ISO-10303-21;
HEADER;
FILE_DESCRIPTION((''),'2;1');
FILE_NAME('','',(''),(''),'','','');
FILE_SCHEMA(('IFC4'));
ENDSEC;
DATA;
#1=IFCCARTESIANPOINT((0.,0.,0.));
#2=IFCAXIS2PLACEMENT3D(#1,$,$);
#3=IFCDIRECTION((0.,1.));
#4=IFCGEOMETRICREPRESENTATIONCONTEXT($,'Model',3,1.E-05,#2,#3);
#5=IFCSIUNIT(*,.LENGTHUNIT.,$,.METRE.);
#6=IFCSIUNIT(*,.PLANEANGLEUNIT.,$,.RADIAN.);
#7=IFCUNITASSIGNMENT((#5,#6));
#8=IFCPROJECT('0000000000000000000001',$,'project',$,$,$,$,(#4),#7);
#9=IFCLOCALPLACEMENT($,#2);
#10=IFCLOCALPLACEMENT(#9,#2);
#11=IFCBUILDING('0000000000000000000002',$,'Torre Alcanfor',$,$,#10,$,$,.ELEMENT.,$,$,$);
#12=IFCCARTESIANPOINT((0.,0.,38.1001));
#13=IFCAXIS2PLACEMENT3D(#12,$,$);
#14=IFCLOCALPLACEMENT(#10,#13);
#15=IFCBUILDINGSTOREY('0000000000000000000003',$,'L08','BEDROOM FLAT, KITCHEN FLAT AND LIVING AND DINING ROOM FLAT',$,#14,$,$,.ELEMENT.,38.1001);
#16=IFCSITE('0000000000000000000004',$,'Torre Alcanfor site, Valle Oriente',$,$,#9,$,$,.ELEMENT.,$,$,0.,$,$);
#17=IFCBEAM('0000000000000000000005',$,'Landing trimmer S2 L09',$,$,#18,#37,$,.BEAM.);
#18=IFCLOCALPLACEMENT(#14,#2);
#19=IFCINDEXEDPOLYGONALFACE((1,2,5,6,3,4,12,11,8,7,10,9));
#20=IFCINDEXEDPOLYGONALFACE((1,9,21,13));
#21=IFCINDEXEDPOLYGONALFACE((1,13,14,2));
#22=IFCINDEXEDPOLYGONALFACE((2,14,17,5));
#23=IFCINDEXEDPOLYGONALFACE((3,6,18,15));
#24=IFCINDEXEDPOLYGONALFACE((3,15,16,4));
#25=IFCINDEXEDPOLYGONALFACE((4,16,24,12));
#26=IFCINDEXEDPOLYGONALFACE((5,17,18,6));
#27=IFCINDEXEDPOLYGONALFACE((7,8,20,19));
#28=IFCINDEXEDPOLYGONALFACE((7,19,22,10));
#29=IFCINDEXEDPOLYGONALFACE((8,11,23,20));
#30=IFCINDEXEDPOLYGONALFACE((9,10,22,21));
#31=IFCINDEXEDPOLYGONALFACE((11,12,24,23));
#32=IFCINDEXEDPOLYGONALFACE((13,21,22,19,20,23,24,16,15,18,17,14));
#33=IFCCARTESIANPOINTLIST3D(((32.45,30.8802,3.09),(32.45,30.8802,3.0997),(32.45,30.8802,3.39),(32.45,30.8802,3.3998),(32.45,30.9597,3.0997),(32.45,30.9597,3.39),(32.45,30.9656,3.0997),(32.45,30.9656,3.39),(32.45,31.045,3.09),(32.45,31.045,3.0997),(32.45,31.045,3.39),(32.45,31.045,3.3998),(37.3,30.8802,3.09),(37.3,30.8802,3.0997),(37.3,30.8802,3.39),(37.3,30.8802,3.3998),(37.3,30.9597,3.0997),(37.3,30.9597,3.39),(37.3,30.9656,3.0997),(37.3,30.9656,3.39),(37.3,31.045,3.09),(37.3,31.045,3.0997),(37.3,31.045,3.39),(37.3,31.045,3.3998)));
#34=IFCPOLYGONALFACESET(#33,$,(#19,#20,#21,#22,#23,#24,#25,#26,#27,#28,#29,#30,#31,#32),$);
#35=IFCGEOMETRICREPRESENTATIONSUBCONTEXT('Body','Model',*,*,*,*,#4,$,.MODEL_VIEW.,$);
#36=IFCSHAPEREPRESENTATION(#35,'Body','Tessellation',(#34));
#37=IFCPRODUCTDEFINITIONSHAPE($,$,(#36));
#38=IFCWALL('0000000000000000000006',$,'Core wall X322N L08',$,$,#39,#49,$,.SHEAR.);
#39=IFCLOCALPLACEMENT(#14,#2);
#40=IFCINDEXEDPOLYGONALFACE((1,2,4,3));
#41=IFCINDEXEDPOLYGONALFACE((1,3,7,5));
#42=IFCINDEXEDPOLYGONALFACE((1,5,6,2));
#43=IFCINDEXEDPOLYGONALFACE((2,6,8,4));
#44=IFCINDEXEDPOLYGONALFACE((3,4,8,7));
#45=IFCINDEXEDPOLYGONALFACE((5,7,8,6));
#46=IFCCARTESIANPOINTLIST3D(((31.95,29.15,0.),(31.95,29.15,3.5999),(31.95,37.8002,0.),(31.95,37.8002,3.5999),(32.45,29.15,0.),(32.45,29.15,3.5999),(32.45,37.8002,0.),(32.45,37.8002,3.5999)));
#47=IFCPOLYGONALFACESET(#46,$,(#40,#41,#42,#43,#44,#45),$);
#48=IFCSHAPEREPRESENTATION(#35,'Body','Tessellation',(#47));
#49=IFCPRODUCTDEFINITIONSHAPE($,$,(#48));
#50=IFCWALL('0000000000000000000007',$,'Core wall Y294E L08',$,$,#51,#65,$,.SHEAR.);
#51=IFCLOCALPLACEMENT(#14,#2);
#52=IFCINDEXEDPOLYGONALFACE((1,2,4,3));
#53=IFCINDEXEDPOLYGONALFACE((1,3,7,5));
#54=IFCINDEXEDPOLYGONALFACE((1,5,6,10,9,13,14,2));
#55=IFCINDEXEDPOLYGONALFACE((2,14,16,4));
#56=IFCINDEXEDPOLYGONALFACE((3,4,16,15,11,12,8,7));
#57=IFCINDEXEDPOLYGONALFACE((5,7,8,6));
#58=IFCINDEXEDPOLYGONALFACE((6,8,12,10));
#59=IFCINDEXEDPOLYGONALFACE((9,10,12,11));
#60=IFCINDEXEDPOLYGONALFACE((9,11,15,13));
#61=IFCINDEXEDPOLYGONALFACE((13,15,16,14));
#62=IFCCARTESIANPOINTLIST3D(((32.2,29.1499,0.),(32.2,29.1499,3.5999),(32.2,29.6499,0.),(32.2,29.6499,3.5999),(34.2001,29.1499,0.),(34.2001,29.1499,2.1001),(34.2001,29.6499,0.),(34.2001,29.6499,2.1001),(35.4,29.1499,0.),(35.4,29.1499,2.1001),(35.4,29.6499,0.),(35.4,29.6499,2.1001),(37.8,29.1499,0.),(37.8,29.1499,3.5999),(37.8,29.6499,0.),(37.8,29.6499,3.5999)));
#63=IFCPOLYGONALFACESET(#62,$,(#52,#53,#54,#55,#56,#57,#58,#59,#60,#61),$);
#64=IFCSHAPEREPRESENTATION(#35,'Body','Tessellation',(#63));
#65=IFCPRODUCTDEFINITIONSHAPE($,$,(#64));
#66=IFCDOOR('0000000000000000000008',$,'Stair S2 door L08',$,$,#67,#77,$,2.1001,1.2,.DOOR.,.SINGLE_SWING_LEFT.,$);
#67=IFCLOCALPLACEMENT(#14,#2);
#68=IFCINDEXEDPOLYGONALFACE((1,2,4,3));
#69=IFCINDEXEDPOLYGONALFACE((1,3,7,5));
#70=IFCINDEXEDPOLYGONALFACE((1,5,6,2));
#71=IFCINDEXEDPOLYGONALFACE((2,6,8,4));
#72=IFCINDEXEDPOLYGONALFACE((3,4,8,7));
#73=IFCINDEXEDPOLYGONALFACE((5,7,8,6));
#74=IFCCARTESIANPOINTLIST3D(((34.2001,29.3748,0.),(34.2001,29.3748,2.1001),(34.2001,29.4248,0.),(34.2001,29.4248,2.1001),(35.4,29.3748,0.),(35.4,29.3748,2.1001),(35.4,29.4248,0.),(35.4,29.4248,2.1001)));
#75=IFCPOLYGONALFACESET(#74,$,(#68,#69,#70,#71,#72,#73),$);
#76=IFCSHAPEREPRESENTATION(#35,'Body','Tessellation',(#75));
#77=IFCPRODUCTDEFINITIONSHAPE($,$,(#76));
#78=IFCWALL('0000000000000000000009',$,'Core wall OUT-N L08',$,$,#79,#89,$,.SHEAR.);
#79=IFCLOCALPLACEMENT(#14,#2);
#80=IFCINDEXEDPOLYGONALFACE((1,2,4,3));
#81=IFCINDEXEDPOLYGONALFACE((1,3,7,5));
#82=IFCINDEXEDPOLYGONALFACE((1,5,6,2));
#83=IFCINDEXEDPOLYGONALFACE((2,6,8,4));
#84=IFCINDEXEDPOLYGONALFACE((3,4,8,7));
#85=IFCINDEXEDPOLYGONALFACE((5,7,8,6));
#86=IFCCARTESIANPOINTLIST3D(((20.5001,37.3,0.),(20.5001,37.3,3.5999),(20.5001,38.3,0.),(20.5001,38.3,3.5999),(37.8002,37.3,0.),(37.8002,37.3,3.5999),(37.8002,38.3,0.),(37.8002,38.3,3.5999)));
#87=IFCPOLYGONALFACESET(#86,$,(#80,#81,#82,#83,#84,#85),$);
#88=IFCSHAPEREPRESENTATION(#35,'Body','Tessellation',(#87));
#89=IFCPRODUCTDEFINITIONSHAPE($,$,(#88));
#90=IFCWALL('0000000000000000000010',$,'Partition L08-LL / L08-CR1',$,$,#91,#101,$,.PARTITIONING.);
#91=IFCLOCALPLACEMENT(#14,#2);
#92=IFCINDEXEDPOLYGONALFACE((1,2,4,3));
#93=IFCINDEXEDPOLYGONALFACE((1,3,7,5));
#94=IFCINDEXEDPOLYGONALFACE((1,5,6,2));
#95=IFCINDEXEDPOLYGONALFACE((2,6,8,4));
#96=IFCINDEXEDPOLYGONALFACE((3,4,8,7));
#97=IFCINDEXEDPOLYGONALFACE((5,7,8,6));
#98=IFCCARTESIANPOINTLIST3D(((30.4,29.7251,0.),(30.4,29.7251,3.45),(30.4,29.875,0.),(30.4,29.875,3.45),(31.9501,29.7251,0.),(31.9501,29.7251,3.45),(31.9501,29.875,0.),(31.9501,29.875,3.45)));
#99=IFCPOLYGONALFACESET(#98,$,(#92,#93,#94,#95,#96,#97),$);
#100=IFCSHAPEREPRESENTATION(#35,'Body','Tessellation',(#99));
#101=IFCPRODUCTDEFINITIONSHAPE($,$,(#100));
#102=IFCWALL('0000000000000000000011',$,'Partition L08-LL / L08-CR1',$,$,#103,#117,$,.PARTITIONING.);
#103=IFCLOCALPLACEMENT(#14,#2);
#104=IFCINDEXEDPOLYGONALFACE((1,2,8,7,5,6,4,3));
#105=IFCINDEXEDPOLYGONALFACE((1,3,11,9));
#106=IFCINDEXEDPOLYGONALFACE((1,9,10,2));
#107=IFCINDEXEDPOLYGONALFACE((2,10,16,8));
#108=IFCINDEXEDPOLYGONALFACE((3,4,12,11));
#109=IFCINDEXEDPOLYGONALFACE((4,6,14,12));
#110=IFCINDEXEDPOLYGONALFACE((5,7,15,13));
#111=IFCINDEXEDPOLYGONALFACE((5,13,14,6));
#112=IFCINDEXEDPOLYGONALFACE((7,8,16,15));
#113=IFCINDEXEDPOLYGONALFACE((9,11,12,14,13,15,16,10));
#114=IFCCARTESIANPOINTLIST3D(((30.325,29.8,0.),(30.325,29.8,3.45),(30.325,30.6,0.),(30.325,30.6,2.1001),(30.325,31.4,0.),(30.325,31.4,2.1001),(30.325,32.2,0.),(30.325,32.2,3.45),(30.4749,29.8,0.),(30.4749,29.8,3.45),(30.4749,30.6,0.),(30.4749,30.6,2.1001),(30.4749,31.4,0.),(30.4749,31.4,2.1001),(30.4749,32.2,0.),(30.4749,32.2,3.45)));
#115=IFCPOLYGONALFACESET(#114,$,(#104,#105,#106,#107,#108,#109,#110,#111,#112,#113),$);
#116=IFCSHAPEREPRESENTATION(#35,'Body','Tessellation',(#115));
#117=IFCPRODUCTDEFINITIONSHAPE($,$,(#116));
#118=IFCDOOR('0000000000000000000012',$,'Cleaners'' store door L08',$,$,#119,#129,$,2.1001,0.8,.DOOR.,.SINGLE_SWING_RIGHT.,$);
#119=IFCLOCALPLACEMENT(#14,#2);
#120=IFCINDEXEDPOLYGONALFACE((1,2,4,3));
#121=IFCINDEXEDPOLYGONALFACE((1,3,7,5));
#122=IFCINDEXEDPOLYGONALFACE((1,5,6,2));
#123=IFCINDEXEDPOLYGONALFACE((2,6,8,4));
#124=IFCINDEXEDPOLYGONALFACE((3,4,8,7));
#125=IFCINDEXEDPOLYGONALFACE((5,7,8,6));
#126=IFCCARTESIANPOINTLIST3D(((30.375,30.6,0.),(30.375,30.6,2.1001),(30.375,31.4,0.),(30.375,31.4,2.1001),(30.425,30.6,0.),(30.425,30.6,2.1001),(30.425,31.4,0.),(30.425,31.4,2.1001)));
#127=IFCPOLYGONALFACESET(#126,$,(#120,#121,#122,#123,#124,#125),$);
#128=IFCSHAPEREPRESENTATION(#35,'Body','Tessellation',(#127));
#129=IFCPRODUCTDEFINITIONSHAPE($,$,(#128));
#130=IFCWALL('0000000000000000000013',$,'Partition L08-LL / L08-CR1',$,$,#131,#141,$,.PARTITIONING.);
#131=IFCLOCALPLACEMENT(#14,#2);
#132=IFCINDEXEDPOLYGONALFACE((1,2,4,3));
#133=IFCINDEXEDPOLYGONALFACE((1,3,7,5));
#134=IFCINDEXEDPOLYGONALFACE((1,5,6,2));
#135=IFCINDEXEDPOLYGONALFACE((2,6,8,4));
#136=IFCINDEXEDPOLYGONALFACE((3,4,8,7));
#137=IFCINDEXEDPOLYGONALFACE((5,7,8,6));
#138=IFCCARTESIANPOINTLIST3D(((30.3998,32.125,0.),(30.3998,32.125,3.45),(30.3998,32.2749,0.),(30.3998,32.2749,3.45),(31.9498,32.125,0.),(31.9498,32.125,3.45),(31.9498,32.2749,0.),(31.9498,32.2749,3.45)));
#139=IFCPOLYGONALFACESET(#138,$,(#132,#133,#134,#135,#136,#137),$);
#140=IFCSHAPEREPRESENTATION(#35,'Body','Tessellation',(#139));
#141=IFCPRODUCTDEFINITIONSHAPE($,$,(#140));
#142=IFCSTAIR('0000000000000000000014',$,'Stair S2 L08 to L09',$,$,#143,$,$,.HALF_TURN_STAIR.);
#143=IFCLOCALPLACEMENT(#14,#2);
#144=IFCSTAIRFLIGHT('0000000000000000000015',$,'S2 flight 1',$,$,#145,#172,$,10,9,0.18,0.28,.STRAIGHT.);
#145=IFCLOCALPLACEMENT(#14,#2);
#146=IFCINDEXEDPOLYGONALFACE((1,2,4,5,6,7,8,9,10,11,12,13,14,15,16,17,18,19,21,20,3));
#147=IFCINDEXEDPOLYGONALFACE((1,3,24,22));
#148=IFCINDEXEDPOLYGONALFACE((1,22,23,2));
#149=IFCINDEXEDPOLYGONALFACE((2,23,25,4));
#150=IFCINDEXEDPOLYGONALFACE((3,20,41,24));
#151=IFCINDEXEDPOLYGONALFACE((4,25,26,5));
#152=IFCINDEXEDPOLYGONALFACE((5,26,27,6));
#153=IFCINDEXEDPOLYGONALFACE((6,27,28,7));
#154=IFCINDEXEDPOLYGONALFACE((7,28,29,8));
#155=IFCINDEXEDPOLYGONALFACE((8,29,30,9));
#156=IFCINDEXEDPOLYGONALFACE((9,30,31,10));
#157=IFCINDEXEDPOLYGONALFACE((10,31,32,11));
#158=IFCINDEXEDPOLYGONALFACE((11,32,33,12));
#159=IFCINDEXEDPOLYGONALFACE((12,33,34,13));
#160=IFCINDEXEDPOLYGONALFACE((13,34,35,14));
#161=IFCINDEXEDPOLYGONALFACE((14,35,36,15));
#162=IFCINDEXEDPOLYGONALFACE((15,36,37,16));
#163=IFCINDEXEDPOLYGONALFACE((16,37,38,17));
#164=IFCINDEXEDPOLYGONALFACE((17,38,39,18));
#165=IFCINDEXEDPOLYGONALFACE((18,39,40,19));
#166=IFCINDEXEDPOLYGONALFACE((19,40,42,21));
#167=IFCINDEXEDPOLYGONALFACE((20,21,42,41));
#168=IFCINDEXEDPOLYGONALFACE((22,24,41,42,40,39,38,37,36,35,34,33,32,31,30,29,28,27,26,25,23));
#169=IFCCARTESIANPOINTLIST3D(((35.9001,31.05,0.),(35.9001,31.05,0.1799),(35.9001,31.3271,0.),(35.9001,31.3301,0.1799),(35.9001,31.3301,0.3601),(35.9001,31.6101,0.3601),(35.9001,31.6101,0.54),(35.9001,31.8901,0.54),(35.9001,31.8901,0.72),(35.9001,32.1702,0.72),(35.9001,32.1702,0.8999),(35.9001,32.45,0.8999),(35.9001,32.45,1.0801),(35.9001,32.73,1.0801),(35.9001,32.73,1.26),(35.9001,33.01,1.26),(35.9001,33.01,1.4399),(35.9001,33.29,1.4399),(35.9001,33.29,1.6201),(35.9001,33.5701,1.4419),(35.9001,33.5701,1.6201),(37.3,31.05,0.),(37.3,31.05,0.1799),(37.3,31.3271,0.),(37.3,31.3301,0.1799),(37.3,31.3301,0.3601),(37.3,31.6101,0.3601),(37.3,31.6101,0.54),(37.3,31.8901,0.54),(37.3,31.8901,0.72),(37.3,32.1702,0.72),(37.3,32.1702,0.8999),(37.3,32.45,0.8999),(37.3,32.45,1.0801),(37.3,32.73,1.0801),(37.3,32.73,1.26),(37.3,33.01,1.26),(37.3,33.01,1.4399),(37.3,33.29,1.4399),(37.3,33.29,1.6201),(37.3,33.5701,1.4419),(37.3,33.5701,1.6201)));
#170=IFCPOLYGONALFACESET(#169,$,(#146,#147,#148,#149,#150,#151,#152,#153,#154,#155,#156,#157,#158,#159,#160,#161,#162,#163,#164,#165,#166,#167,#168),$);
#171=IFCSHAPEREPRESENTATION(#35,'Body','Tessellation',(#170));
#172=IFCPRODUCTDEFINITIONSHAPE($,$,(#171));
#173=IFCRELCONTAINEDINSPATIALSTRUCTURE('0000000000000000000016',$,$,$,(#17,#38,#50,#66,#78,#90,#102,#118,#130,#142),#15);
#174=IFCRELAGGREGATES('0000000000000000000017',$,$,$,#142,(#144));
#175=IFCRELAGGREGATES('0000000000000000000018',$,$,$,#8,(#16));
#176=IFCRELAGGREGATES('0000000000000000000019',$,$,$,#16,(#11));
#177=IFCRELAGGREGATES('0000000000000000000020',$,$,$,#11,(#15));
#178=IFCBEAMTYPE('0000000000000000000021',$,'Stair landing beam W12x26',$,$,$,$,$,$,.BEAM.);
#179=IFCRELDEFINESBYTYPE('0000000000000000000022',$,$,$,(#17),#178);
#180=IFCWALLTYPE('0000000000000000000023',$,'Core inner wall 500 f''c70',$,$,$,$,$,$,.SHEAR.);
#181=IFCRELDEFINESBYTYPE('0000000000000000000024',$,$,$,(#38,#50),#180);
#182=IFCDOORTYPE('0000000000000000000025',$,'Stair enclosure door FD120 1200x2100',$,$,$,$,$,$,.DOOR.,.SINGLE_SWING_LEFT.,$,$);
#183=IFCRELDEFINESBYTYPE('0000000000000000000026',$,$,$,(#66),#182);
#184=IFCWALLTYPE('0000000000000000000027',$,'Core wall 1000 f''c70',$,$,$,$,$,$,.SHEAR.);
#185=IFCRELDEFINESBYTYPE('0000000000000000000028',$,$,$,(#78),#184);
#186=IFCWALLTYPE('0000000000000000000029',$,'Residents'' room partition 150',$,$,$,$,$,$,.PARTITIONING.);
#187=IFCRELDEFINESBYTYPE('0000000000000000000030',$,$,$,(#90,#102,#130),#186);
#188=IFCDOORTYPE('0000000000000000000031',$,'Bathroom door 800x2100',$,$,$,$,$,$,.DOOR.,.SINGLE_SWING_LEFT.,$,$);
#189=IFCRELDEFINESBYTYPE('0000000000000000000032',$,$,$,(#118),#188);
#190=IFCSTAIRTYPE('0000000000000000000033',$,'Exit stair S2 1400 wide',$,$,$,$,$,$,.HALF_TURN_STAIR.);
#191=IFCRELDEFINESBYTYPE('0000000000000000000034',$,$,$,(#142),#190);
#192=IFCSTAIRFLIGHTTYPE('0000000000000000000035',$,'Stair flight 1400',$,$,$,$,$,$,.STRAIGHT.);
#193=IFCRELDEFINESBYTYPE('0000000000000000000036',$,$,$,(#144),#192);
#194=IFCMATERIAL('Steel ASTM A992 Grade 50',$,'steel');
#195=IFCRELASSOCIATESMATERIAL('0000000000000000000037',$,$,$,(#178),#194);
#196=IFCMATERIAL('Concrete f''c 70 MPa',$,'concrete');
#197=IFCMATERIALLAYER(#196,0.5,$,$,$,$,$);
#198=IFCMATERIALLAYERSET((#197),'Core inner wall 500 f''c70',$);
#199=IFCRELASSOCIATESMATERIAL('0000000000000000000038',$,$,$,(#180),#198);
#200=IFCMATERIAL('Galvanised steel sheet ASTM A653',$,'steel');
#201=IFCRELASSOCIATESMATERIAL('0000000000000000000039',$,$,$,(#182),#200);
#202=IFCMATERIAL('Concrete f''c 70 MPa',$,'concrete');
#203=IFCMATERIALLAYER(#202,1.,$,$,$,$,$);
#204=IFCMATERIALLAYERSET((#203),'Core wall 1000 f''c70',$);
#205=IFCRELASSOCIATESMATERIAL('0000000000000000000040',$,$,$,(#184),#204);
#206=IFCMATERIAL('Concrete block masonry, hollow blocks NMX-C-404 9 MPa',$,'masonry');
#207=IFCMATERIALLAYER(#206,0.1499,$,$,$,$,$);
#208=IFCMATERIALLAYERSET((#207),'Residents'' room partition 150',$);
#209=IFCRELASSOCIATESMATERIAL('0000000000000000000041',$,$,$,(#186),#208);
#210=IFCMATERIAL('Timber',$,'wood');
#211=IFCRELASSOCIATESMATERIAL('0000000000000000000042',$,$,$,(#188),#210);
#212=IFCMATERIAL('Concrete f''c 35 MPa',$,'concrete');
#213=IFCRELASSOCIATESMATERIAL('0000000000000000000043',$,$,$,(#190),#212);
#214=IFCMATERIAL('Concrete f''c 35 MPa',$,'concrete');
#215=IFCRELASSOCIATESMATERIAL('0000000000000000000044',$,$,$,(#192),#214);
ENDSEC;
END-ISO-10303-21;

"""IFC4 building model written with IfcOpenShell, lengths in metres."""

from ifc_helpers import new_model, si_unit, direction, frame, frame_2d, origin, origin_2d, place, context, subcontext, project, spatial, polyline, rectangle, i_section, outline, extrude, material, layer, layer_set, material_profile, profile_set, type_object, element, fill, aggregate, save


model = new_model("IFC4")

# Units and contexts
model_context = context("Model", 3, precision=1e-05, world=origin(), true_north=direction((0.0, 1.0)))
body_context = subcontext(model_context, "Body", "Model", "MODEL_VIEW")
ifc_project = project(units=[si_unit("LENGTHUNIT", "METRE"), si_unit("PLANEANGLEUNIT", "RADIAN")], contexts=[model_context])

# Site, building, storey
site_placement = place(None, origin())
site = spatial("IfcSite", under=ifc_project, at=site_placement, Name="Torre Alcanfor site, Valle Oriente", CompositionType="ELEMENT", RefElevation=0.0)
building_placement = place(site_placement, origin())
building = spatial("IfcBuilding", under=site, at=building_placement, Name="Torre Alcanfor", CompositionType="ELEMENT")
storey_placement = place(building_placement, frame((0.0, 0.0, 38.1001)))
storey = spatial("IfcBuildingStorey", under=building, at=storey_placement, Name="L08", Description="BEDROOM FLAT, KITCHEN FLAT AND LIVING AND DINING ROOM FLAT", CompositionType="ELEMENT", Elevation=38.1001)

# Beam
ifc_material_1 = material(Name="Steel ASTM A992 Grade 50", Category="steel")
ifc_material_profile = material_profile(ifc_material_1, i_section(OverallWidth=0.1648, OverallDepth=0.3098, WebThickness=0.0059, FlangeThickness=0.0098, at=origin_2d()), Name="W12x26")
ifc_profile_set = profile_set([ifc_material_profile], Name="Steel ASTM A992 Grade 50")
beam_type = type_object("IfcBeamType", Name="Stair landing beam W12x26", PredefinedType="BEAM", material=ifc_profile_set)
beam_placement = place(storey_placement, frame((32.45, 30.9626, 3.2449), z_axis=(1.0, 0.0, 0.0), x_axis=(0.0, 1.0, 0.0)))
element("IfcBeam", 1, at=beam_placement, inside=storey, type_object=beam_type, Name="Landing trimmer S2 L09", PredefinedType="BEAM", context=body_context, shape_type="SweptSolid", body=[
    extrude(i_section(OverallWidth=0.1648, OverallDepth=0.3098, WebThickness=0.0059, FlangeThickness=0.0098, at=origin_2d()), origin(), (0.0, 0.0, 1.0), 4.8501),
])

# Wall
ifc_material_2 = material(Name="Concrete f'c 70 MPa", Category="concrete")
ifc_layer_1 = layer(ifc_material_2, 0.5)
ifc_layer_set_1 = layer_set([ifc_layer_1], Name="Core inner wall 500 f'c70")
wall_type_1 = type_object("IfcWallType", Name="Core inner wall 500 f'c70", PredefinedType="SHEAR", material=ifc_layer_set_1)
wall_1_placement = place(storey_placement, frame((32.2, 29.1499, 0.0), z_axis=(0.0, 0.0, 1.0), x_axis=(0.0, 1.0, 0.0)))
element("IfcWall", 2, at=wall_1_placement, inside=storey, type_object=wall_type_1, Name="Core wall X322N L08", PredefinedType="SHEAR", context=body_context, shape_type="SweptSolid", body=[
    extrude(rectangle(XDim=8.6501, YDim=0.5, at=frame_2d((4.3252, 0.0))), origin(), (0.0, 0.0, 1.0), 3.5999),
])

# Wall, opening, door
wall_2_placement = place(storey_placement, frame((32.2, 29.3999, 0.0), z_axis=(0.0, 0.0, 1.0), x_axis=(1.0, 0.0, 0.0)))
wall_2 = element("IfcWall", 3, at=wall_2_placement, inside=storey, type_object=wall_type_1, Name="Core wall Y294E L08", PredefinedType="SHEAR", context=body_context, shape_type="SweptSolid", body=[
    extrude(rectangle(XDim=5.6001, YDim=0.5, at=frame_2d((2.8, 0.0))), origin(), (0.0, 0.0, 1.0), 3.5999),
])
opening_1_placement = place(wall_2_placement, frame((2.0, 0.0, 0.0)))
opening_1 = element("IfcOpeningElement", 4, at=opening_1_placement, cuts=wall_2, PredefinedType="OPENING", context=body_context, shape_type="SweptSolid", body=[
    extrude(rectangle(XDim=1.2, YDim=2.1001, at=frame_2d((0.6001, 1.05))), frame((0.0, 0.26, 0.0), z_axis=(0.0, -1.0, 0.0), x_axis=(1.0, 0.0, 0.0)), (0.0, 0.0, 1.0), 0.52),
])
ifc_material_3 = material(Name="Galvanised steel sheet ASTM A653", Category="steel")
door_type_1 = type_object("IfcDoorType", Name="Stair enclosure door FD120 1200x2100", OperationType="SINGLE_SWING_LEFT", PredefinedType="DOOR", material=ifc_material_3)
door_1_placement = place(opening_1_placement, origin())
door_1 = element("IfcDoor", 5, at=door_1_placement, inside=storey, type_object=door_type_1, Name="Stair S2 door L08", OperationType="SINGLE_SWING_LEFT", OverallHeight=2.1001, OverallWidth=1.2, PredefinedType="DOOR", context=body_context, shape_type="SweptSolid", body=[
    extrude(rectangle(XDim=1.2, YDim=2.1001, at=frame_2d((0.6001, 1.05))), frame((0.0, 0.0249, 0.0), z_axis=(0.0, -1.0, 0.0), x_axis=(1.0, 0.0, 0.0)), (0.0, 0.0, 1.0), 0.05),
])
fill(opening_1, door_1)

# Walls
ifc_material_4 = material(Name="Concrete f'c 70 MPa", Category="concrete")
ifc_layer_2 = layer(ifc_material_4, 1.0)
ifc_layer_set_2 = layer_set([ifc_layer_2], Name="Core wall 1000 f'c70")
wall_type_2 = type_object("IfcWallType", Name="Core wall 1000 f'c70", PredefinedType="SHEAR", material=ifc_layer_set_2)
wall_3_placement = place(storey_placement, frame((37.8, 37.8, 0.0), z_axis=(0.0, 0.0, 1.0), x_axis=(-1.0, 0.0, 0.0)))
element("IfcWall", 6, at=wall_3_placement, inside=storey, type_object=wall_type_2, Name="Core wall OUT-N L08", PredefinedType="SHEAR", context=body_context, shape_type="SweptSolid", body=[
    extrude(rectangle(XDim=17.3, YDim=1.0, at=frame_2d((8.6499, 0.0))), origin(), (0.0, 0.0, 1.0), 3.5999),
])
ifc_material_5 = material(Name="Concrete block masonry, hollow blocks NMX-C-404 9 MPa", Category="masonry")
ifc_layer_3 = layer(ifc_material_5, 0.1499)
ifc_layer_set_3 = layer_set([ifc_layer_3], Name="Residents' room partition 150")
wall_type_3 = type_object("IfcWallType", Name="Residents' room partition 150", PredefinedType="PARTITIONING", material=ifc_layer_set_3)
wall_4_placement = place(storey_placement, frame((31.95, 29.8, 0.0), z_axis=(0.0, 0.0, 1.0), x_axis=(-1.0, 0.0, 0.0)))
element("IfcWall", 7, at=wall_4_placement, inside=storey, type_object=wall_type_3, Name="Partition L08-LL / L08-CR1", PredefinedType="PARTITIONING", context=body_context, shape_type="SweptSolid", body=[
    extrude(rectangle(XDim=1.55, YDim=0.1499, at=frame_2d((0.7749, 0.0))), origin(), (0.0, 0.0, 1.0), 3.45),
])

# Wall, opening, door
wall_5_placement = place(storey_placement, frame((30.3999, 29.8, 0.0), z_axis=(0.0, 0.0, 1.0), x_axis=(0.0, 1.0, 0.0)))
wall_5 = element("IfcWall", 8, at=wall_5_placement, inside=storey, type_object=wall_type_3, Name="Partition L08-LL / L08-CR1", PredefinedType="PARTITIONING", context=body_context, shape_type="SweptSolid", body=[
    extrude(rectangle(XDim=2.3999, YDim=0.1499, at=frame_2d((1.2, 0.0))), origin(), (0.0, 0.0, 1.0), 3.45),
])
opening_2_placement = place(wall_5_placement, frame((0.8, 0.0, 0.0)))
opening_2 = element("IfcOpeningElement", 9, at=opening_2_placement, cuts=wall_5, PredefinedType="OPENING", context=body_context, shape_type="SweptSolid", body=[
    extrude(rectangle(XDim=0.8, YDim=2.1001, at=frame_2d((0.3999, 1.05))), frame((0.0, 0.085, 0.0), z_axis=(0.0, -1.0, 0.0), x_axis=(1.0, 0.0, 0.0)), (0.0, 0.0, 1.0), 0.1699),
])
ifc_material_6 = material(Name="Timber", Category="wood")
door_type_2 = type_object("IfcDoorType", Name="Bathroom door 800x2100", OperationType="SINGLE_SWING_LEFT", PredefinedType="DOOR", material=ifc_material_6)
door_2_placement = place(opening_2_placement, frame((0.8, 0.0, 0.0), z_axis=(0.0, 0.0, 1.0), x_axis=(-1.0, 0.0, 0.0)))
door_2 = element("IfcDoor", 10, at=door_2_placement, inside=storey, type_object=door_type_2, Name="Cleaners' store door L08", OperationType="SINGLE_SWING_RIGHT", OverallHeight=2.1001, OverallWidth=0.8, PredefinedType="DOOR", context=body_context, shape_type="SweptSolid", body=[
    extrude(rectangle(XDim=0.8, YDim=2.1001, at=frame_2d((0.4001, 1.05))), frame((0.0, 0.0251, 0.0), z_axis=(0.0, -1.0, 0.0), x_axis=(1.0, 0.0, 0.0)), (0.0, 0.0, 1.0), 0.05),
])
fill(opening_2, door_2)

# Wall
wall_6_placement = place(storey_placement, frame((30.3999, 32.2, 0.0), z_axis=(0.0, 0.0, 1.0), x_axis=(1.0, 0.0, 0.0)))
element("IfcWall", 11, at=wall_6_placement, inside=storey, type_object=wall_type_3, Name="Partition L08-LL / L08-CR1", PredefinedType="PARTITIONING", context=body_context, shape_type="SweptSolid", body=[
    extrude(rectangle(XDim=1.55, YDim=0.1499, at=frame_2d((0.7749, 0.0))), origin(), (0.0, 0.0, 1.0), 3.45),
])

# Stair, stair flight
ifc_material_7 = material(Name="Concrete f'c 35 MPa", Category="concrete")
stair_type = type_object("IfcStairType", Name="Exit stair S2 1400 wide", PredefinedType="HALF_TURN_STAIR", material=ifc_material_7)
stair_placement = place(storey_placement, origin())
stair = element("IfcStair", 12, at=stair_placement, inside=storey, type_object=stair_type, Name="Stair S2 L08 to L09", PredefinedType="HALF_TURN_STAIR")
ifc_material_8 = material(Name="Concrete f'c 35 MPa", Category="concrete")
stair_flight_type = type_object("IfcStairFlightType", Name="Stair flight 1400", PredefinedType="STRAIGHT", material=ifc_material_8)
stair_flight_1_placement = place(storey_placement, frame((36.6001, 31.05, 0.0), z_axis=(0.0, 0.0, 1.0), x_axis=(0.0, 1.0, 0.0)))
stair_flight_1 = element("IfcStairFlight", 13, at=stair_flight_1_placement, type_object=stair_flight_type, Name="S2 flight 1", NumberOfRisers=10, NumberOfTreads=9, PredefinedType="STRAIGHT", RiserHeight=0.18, TreadLength=0.28, context=body_context, shape_type="SweptSolid", body=[
    extrude(outline(polyline([(0.0, 0.0), (0.0, 0.1799), (0.28, 0.1799), (0.28, 0.3601), (0.5601, 0.3601), (0.5601, 0.54), (0.8401, 0.54), (0.8401, 0.72), (1.1201, 0.72), (1.1201, 0.8999), (1.3999, 0.8999), (1.3999, 1.0801), (1.6799, 1.0801), (1.6799, 1.26), (1.96, 1.26), (1.96, 1.4399), (2.24, 1.4399), (2.24, 1.6201), (2.52, 1.6201), (2.52, 1.8), (2.52, 1.4419), (0.2771, 0.0), (0.0, 0.0)])), frame((0.0, 0.7, 0.0), z_axis=(0.0, -1.0, 0.0), x_axis=(1.0, 0.0, 0.0)), (0.0, 0.0, 1.0), 1.3999),
])
aggregate(stair, [stair_flight_1])

save(model, "model.ifc")
